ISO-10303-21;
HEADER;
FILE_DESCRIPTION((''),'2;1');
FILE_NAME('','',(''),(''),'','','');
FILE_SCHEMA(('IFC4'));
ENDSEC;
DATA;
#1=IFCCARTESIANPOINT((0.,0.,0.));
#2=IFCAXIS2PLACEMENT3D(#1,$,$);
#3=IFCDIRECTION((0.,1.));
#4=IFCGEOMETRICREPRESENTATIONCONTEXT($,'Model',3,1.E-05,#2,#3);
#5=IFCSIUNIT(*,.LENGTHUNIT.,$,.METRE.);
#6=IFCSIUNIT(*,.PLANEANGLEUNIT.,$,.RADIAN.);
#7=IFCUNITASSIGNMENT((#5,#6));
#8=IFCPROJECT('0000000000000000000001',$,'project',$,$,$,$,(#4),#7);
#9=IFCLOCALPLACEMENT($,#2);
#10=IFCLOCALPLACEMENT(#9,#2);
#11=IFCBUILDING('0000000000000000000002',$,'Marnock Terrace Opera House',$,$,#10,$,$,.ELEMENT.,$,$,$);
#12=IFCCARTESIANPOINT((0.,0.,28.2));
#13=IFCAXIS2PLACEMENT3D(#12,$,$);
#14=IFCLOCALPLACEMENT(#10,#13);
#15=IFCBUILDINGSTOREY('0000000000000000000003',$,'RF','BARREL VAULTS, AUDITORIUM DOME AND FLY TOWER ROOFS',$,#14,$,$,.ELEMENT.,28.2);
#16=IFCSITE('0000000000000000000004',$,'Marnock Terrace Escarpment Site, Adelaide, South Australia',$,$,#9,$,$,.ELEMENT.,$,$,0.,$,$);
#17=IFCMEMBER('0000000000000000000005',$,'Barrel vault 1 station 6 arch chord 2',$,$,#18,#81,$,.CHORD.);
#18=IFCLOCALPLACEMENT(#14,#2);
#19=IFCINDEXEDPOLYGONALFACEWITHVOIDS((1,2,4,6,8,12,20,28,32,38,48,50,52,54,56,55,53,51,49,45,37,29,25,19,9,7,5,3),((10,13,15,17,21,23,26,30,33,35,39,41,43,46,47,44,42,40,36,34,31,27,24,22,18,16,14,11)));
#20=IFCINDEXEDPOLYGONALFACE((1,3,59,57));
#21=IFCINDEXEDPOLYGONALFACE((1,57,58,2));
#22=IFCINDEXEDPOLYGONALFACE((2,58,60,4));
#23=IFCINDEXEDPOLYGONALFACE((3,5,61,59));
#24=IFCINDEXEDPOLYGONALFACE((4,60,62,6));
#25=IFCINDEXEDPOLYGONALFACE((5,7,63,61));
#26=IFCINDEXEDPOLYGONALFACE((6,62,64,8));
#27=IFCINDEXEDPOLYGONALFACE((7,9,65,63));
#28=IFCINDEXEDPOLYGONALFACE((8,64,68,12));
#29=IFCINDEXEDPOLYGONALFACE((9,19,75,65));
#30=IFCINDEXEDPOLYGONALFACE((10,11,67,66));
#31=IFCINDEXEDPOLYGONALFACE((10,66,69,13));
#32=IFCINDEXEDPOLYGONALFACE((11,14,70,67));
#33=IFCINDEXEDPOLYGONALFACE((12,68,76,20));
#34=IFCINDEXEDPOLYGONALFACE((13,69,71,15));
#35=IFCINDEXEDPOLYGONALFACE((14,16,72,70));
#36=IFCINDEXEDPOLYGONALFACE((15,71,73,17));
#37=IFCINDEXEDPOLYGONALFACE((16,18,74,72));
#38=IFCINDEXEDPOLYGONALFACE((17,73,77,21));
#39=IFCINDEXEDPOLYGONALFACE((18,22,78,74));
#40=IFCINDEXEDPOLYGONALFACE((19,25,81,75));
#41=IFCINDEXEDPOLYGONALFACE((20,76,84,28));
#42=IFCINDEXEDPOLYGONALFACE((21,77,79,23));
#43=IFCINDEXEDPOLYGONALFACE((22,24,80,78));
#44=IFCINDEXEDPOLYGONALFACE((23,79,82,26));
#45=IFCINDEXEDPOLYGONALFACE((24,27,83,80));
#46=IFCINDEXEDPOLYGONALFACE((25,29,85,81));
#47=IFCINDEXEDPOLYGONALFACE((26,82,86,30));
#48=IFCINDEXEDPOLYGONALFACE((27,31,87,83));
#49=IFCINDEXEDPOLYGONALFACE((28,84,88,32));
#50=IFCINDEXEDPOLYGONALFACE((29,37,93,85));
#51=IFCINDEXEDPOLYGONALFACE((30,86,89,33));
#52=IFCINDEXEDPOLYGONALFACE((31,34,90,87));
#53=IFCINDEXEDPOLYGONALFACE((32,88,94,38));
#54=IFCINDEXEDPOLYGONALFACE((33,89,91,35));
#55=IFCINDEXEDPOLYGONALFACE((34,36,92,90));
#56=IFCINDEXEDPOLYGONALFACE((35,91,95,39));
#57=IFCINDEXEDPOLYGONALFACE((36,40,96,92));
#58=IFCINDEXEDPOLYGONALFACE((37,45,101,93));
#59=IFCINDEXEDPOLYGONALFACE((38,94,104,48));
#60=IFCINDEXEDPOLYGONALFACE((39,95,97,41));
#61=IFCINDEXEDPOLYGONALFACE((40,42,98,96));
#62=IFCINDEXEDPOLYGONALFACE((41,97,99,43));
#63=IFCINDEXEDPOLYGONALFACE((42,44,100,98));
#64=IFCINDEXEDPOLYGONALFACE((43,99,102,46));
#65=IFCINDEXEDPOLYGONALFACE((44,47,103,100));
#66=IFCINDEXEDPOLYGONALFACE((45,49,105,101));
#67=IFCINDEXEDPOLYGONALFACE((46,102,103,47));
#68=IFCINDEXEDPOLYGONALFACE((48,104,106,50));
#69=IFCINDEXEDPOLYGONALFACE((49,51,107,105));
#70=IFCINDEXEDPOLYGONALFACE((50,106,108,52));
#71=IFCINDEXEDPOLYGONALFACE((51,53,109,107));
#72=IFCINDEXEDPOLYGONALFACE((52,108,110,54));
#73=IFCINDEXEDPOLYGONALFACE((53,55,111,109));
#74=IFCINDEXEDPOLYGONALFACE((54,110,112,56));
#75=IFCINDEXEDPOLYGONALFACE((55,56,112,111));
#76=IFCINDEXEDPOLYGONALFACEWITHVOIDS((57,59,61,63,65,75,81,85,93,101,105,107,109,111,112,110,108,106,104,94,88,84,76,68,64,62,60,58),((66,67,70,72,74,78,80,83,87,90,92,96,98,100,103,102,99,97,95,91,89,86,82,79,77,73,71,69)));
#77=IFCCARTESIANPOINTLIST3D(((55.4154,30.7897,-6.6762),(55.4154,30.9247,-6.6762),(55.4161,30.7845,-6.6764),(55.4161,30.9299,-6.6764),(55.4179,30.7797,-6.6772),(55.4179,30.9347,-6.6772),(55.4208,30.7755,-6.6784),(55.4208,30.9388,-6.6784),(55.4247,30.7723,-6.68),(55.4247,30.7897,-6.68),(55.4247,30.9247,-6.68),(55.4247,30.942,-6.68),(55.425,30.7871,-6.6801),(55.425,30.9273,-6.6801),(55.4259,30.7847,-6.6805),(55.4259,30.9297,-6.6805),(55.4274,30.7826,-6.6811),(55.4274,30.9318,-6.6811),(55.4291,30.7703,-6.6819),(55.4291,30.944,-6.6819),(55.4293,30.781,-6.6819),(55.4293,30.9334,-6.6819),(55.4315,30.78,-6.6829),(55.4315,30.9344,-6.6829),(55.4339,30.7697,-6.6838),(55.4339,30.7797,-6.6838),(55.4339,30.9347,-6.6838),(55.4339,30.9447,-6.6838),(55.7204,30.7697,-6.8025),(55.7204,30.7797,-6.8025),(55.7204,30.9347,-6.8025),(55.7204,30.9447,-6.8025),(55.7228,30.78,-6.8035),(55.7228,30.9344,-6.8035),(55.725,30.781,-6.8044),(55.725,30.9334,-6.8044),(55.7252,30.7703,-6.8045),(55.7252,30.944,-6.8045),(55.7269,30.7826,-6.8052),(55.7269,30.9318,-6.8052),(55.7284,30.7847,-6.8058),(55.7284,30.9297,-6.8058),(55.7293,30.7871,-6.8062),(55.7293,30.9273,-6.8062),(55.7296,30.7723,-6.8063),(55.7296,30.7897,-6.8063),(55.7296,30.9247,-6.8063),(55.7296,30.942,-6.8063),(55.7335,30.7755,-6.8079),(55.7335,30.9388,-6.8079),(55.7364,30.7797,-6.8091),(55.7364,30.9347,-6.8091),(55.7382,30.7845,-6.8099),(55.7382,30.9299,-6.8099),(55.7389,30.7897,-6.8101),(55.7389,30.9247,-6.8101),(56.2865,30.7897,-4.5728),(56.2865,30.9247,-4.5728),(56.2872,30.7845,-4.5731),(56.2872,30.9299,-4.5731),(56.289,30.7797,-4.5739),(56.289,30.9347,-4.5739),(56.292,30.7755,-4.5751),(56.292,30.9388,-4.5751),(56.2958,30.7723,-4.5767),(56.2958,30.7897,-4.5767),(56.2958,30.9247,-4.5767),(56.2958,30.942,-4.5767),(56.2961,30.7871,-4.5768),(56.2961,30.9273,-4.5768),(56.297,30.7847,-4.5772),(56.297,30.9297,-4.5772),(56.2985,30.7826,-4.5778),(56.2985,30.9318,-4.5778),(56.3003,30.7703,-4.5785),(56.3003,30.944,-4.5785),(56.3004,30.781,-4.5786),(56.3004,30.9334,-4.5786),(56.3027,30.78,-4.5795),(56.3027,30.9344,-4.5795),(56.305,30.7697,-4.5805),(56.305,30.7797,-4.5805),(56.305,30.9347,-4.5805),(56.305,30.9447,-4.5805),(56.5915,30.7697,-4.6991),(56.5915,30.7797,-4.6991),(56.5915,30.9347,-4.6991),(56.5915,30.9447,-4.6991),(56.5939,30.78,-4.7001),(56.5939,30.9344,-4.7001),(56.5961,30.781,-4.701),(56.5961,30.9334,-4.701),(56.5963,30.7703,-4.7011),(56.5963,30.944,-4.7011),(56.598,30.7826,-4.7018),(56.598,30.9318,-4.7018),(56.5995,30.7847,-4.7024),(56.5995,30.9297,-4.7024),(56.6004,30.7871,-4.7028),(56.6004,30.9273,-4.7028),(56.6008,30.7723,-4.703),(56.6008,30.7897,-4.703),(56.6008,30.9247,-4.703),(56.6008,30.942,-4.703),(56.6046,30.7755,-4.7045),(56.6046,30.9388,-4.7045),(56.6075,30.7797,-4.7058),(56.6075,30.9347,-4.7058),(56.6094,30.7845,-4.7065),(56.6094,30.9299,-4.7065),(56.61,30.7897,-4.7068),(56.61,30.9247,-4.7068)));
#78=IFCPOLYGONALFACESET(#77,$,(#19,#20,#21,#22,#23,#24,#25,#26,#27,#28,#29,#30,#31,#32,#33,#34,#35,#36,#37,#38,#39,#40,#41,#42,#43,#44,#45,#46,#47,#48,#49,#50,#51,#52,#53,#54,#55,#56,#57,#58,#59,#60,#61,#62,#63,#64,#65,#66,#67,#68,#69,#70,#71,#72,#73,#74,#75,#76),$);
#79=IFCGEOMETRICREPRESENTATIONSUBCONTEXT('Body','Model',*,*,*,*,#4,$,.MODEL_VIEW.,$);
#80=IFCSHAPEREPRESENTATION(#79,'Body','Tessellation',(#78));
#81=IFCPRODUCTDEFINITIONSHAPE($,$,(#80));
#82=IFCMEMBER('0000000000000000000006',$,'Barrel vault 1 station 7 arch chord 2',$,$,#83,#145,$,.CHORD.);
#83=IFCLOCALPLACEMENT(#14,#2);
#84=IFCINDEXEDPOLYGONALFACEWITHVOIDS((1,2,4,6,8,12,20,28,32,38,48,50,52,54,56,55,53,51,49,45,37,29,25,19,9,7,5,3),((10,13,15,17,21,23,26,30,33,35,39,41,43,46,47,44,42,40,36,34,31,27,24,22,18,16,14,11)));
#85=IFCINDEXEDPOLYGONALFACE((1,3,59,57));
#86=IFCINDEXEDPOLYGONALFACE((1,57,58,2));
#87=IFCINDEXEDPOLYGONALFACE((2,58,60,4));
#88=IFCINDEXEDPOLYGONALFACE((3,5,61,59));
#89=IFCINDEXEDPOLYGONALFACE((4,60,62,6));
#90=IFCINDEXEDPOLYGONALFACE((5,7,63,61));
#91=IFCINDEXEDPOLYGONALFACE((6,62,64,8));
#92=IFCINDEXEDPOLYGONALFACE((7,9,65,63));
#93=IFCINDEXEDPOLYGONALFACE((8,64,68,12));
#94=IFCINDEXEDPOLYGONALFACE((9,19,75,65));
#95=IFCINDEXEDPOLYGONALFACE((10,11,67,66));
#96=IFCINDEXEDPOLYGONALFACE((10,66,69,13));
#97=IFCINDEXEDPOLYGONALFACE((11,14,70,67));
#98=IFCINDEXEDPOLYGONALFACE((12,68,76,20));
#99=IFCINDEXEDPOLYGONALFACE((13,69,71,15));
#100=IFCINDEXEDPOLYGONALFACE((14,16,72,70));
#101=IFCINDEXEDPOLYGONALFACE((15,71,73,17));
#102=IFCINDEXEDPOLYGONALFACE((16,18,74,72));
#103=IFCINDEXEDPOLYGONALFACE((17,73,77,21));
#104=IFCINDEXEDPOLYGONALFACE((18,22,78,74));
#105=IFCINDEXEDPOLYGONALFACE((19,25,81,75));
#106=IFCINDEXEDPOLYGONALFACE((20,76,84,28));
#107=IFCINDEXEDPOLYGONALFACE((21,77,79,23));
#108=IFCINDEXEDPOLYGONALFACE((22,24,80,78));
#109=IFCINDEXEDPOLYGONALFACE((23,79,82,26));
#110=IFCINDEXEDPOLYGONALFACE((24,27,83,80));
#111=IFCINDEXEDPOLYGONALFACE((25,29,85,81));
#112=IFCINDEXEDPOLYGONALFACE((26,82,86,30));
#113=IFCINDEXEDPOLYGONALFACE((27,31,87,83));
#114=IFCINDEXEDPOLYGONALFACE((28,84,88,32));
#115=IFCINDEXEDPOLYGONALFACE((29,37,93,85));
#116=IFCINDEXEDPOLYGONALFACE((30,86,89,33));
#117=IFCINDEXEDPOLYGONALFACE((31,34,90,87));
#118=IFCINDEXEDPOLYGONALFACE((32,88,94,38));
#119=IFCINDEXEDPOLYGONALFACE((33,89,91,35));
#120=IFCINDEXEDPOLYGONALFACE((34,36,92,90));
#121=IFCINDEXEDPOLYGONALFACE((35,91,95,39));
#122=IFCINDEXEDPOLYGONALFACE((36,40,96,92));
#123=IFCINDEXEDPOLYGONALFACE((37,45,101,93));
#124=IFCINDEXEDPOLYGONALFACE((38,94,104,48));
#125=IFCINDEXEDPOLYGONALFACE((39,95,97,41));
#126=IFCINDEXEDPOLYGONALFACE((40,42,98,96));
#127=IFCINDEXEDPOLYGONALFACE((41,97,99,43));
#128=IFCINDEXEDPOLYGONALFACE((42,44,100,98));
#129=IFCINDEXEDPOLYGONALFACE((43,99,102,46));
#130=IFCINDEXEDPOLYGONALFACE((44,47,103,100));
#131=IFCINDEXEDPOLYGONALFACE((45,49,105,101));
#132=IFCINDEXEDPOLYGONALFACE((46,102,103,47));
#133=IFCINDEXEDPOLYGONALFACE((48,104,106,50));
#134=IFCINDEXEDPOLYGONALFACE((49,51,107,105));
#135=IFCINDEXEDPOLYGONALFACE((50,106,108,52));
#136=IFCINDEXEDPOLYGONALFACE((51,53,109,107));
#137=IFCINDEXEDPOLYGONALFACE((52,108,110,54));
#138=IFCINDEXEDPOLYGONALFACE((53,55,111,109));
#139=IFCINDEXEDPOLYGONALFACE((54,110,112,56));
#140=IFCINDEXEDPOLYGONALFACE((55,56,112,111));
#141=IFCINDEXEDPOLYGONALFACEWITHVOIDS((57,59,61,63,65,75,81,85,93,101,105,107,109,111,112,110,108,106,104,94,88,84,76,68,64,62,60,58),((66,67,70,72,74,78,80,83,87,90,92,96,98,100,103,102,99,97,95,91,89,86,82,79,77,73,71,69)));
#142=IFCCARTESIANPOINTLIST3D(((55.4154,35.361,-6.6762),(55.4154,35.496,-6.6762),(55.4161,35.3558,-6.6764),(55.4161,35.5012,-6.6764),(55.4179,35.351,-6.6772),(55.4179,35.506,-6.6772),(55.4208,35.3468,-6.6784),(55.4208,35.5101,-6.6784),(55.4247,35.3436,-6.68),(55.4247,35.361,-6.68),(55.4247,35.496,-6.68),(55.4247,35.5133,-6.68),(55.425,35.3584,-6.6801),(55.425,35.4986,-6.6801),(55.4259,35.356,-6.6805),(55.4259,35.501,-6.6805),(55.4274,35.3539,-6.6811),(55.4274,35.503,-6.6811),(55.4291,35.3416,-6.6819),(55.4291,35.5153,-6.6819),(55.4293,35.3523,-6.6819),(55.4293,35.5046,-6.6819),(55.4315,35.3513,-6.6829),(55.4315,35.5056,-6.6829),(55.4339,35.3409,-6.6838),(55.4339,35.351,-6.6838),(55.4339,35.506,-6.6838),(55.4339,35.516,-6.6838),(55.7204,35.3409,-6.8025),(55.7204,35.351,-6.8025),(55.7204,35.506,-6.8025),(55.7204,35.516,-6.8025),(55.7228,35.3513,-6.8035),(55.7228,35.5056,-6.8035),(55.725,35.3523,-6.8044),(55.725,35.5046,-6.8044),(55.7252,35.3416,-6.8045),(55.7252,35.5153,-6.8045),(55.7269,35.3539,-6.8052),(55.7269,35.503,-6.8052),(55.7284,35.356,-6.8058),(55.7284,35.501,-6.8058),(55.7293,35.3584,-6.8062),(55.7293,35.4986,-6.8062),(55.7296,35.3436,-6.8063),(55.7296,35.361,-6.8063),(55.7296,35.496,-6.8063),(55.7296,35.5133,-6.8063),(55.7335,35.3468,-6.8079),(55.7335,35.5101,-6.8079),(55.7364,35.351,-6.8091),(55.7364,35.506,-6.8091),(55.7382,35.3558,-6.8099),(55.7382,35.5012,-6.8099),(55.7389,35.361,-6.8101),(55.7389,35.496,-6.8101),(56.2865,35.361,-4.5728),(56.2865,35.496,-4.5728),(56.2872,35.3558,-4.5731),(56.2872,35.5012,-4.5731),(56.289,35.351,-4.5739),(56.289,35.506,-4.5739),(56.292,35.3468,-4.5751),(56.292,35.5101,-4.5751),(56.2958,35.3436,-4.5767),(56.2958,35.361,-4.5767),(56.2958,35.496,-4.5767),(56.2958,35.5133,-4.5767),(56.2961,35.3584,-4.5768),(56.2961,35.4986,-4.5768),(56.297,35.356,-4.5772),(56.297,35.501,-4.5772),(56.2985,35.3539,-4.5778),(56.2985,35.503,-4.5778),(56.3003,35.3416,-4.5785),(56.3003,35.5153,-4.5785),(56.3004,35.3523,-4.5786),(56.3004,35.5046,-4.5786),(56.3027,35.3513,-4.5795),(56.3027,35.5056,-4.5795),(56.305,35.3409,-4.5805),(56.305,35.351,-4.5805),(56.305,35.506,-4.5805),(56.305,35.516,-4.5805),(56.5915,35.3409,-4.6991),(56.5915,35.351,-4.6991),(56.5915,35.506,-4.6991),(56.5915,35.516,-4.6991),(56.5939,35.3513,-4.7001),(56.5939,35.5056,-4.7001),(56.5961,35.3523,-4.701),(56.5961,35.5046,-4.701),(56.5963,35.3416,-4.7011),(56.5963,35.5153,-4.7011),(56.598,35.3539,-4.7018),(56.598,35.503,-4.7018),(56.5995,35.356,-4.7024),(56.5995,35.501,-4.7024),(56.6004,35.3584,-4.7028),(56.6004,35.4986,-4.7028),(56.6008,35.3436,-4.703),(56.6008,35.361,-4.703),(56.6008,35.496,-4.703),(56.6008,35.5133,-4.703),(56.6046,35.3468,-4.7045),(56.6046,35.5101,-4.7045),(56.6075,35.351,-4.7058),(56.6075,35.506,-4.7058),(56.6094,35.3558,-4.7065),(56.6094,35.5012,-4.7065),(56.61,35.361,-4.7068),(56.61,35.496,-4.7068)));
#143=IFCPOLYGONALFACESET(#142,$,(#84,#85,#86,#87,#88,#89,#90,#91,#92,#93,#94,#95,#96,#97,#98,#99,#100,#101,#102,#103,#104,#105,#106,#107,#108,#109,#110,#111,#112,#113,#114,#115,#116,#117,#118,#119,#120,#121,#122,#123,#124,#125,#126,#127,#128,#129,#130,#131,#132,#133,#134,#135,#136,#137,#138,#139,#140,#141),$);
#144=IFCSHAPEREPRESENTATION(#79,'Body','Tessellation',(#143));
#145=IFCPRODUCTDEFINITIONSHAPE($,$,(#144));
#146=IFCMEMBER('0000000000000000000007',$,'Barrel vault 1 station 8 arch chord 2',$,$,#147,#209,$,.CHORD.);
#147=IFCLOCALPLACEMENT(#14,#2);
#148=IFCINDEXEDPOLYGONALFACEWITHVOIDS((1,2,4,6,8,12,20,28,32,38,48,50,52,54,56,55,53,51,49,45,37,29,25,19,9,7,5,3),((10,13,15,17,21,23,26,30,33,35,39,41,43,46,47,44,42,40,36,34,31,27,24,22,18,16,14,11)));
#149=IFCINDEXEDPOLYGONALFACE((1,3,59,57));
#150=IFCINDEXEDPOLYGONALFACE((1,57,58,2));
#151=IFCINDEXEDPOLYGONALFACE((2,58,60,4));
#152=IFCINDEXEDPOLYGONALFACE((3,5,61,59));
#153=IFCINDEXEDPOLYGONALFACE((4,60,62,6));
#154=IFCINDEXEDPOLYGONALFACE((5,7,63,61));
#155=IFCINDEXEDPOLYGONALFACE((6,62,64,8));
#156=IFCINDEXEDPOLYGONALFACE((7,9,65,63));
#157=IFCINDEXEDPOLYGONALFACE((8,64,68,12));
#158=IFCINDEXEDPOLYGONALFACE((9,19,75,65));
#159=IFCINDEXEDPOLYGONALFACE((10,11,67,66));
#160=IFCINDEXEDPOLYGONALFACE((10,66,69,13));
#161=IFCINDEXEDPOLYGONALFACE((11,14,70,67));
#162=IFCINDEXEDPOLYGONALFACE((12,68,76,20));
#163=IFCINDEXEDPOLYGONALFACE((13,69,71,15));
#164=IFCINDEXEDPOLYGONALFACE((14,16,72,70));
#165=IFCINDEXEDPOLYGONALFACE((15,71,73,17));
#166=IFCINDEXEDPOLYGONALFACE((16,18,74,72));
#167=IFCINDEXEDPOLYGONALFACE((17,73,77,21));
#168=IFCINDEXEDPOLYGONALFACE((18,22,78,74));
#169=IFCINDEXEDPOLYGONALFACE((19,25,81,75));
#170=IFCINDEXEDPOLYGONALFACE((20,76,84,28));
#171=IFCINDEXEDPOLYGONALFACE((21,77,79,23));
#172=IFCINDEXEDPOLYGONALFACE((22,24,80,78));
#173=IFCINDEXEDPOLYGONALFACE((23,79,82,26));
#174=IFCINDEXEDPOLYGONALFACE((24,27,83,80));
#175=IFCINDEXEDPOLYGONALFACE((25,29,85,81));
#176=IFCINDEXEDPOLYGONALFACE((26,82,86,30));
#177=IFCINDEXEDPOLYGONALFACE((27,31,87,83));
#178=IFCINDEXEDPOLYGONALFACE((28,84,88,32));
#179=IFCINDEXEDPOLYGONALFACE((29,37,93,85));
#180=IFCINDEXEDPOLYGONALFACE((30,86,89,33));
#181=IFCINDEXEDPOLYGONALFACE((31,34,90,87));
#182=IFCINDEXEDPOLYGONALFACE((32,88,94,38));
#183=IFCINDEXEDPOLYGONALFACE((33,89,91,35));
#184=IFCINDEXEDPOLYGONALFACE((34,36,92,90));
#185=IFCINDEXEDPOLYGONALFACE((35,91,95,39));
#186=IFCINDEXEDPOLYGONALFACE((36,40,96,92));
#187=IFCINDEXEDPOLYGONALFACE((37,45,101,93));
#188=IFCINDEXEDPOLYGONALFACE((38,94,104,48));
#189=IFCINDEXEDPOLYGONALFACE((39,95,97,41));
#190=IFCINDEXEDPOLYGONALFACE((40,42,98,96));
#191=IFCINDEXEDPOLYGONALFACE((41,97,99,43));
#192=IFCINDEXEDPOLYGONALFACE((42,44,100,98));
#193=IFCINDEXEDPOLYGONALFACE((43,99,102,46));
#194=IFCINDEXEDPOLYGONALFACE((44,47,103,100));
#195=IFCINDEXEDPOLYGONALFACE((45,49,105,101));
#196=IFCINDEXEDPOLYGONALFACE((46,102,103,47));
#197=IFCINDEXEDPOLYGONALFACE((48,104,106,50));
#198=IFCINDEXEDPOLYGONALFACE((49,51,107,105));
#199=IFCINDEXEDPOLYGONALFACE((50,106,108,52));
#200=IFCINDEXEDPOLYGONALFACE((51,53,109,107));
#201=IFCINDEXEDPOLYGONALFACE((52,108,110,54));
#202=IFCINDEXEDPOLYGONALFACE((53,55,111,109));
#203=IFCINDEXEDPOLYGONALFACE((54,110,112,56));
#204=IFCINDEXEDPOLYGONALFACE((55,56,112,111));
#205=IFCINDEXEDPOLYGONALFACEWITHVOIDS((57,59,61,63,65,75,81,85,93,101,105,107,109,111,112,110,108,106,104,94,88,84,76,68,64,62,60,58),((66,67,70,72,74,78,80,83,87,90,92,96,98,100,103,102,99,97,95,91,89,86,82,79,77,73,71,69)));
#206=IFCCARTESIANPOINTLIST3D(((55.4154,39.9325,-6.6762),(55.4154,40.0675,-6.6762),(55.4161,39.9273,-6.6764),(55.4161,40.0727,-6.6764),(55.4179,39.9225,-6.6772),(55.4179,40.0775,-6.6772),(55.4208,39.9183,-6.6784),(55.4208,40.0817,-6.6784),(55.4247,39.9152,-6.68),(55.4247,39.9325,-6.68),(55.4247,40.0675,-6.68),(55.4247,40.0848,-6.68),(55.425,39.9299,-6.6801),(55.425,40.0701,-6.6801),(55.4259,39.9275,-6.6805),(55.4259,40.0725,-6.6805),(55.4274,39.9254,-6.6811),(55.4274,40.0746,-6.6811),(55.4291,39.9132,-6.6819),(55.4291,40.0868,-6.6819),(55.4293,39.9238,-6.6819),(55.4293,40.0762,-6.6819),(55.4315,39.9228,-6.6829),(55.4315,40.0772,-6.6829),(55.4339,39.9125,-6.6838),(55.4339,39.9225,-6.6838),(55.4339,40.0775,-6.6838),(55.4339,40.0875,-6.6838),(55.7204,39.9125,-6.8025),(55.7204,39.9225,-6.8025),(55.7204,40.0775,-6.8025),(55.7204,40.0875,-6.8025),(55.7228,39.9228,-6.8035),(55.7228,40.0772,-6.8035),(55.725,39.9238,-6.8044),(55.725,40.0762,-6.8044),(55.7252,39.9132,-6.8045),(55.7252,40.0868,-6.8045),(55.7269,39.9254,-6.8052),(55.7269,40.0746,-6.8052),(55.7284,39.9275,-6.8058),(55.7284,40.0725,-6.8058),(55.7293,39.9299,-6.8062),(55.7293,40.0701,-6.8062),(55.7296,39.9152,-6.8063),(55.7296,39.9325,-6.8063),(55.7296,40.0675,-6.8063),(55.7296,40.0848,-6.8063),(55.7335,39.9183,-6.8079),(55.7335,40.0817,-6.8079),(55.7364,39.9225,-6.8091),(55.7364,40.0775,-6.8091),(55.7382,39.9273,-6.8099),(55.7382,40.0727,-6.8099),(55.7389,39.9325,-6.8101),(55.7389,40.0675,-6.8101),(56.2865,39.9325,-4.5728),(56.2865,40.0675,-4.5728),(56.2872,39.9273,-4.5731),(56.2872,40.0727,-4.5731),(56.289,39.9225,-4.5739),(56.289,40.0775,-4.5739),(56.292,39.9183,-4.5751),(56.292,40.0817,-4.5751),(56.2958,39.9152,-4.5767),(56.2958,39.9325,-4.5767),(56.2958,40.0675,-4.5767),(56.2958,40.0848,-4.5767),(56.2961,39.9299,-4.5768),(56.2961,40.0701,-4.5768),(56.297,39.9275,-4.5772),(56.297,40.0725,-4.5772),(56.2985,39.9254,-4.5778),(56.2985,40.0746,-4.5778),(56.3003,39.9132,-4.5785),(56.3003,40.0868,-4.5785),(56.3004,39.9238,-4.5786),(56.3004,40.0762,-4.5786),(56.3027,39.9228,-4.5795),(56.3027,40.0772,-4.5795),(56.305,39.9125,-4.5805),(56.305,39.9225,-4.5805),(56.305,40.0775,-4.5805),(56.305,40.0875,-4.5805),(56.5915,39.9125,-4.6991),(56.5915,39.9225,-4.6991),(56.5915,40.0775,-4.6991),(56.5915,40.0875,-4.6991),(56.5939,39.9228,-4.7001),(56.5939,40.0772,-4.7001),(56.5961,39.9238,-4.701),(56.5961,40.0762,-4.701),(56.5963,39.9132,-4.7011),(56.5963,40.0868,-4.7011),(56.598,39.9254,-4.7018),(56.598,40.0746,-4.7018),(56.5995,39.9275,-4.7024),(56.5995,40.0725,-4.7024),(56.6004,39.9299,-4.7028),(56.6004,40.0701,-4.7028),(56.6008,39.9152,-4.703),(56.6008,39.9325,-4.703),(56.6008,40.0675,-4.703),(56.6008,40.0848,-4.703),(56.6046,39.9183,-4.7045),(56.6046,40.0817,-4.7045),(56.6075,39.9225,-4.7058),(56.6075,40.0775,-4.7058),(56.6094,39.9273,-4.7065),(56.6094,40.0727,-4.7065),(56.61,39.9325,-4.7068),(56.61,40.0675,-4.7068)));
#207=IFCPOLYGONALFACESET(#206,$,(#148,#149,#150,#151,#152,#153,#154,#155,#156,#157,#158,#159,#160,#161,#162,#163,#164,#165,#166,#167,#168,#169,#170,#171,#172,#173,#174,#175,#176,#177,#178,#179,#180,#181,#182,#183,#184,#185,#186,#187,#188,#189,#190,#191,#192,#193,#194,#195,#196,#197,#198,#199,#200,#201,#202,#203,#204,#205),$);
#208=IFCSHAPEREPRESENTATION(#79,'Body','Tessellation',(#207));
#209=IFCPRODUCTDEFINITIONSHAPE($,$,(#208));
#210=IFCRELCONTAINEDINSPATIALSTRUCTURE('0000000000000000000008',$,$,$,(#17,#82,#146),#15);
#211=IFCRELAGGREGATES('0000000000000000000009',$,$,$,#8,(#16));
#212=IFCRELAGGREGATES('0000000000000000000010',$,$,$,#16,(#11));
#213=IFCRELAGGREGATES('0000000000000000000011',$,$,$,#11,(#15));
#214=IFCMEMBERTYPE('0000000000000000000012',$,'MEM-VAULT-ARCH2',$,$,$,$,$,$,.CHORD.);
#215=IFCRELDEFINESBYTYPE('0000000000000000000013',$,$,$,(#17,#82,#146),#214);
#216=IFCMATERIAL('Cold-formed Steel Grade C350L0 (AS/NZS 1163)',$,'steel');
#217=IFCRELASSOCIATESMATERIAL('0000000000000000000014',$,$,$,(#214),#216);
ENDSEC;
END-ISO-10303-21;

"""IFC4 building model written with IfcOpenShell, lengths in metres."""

from ifc_helpers import new_model, si_unit, direction, frame, origin, origin_2d, place, context, subcontext, project, spatial, hollow_rectangle, extrude, material, material_profile, profile_set, type_object, element, save


model = new_model("IFC4")

# Units and contexts
model_context = context("Model", 3, precision=1e-05, world=origin(), true_north=direction((0.0, 1.0)))
body_context = subcontext(model_context, "Body", "Model", "MODEL_VIEW")
ifc_project = project(units=[si_unit("LENGTHUNIT", "METRE"), si_unit("PLANEANGLEUNIT", "RADIAN")], contexts=[model_context])

# Site, building, storey
site_placement = place(None, origin())
site = spatial("IfcSite", under=ifc_project, at=site_placement, Name="Marnock Terrace Escarpment Site, Adelaide, South Australia", CompositionType="ELEMENT", RefElevation=0.0)
building_placement = place(site_placement, origin())
building = spatial("IfcBuilding", under=site, at=building_placement, Name="Marnock Terrace Opera House", CompositionType="ELEMENT")
storey_placement = place(building_placement, frame((0.0, 0.0, 28.2)))
storey = spatial("IfcBuildingStorey", under=building, at=storey_placement, Name="RF", Description="BARREL VAULTS, AUDITORIUM DOME AND FLY TOWER ROOFS", CompositionType="ELEMENT", Elevation=28.2)

# Members
ifc_material_1 = material(Name="Cold-formed Steel Grade C350L0 (AS/NZS 1163)", Category="steel")
ifc_material_profile_1 = material_profile(ifc_material_1, hollow_rectangle(XDim=0.175, YDim=0.3501, WallThickness=0.01, InnerFilletRadius=0.01, OuterFilletRadius=0.02, at=origin_2d()))
ifc_profile_set_1 = profile_set([ifc_material_profile_1], Name="Cold-formed Steel Grade C350L0 (AS/NZS 1163)")
member_type_1 = type_object("IfcMemberType", Name="MEM-VAULT-ARCH2", PredefinedType="CHORD", material=ifc_profile_set_1)
for number, where, z_axis, x_axis, name in (
    (1, (55.5771, 30.8572, -6.7432), (0.382642, 0.0, 0.923897), (0.0, 1.0, 0.0), "Barrel vault 1 station 6 arch chord 2"),
    (2, (55.5771, 35.4285, -6.7432), (0.382642, 0.0, 0.923897), (0.0, 1.0, 0.0), "Barrel vault 1 station 7 arch chord 2"),
    (3, (55.5771, 40.0, -6.7432), (0.382642, 0.0, 0.923897), (0.0, 1.0, 0.0), "Barrel vault 1 station 8 arch chord 2"),
):
    element("IfcMember", number, at=place(storey_placement, frame(where, z_axis=z_axis, x_axis=x_axis)), inside=storey, type_object=member_type_1, Name=name, PredefinedType="CHORD", context=body_context, shape_type="SweptSolid", body=[
        extrude(hollow_rectangle(XDim=0.175, YDim=0.3501, WallThickness=0.01, InnerFilletRadius=0.01, OuterFilletRadius=0.02, at=origin_2d()), origin(), (0.0, 0.0, 1.0), 2.2766),
    ])

save(model, "model.ifc")
